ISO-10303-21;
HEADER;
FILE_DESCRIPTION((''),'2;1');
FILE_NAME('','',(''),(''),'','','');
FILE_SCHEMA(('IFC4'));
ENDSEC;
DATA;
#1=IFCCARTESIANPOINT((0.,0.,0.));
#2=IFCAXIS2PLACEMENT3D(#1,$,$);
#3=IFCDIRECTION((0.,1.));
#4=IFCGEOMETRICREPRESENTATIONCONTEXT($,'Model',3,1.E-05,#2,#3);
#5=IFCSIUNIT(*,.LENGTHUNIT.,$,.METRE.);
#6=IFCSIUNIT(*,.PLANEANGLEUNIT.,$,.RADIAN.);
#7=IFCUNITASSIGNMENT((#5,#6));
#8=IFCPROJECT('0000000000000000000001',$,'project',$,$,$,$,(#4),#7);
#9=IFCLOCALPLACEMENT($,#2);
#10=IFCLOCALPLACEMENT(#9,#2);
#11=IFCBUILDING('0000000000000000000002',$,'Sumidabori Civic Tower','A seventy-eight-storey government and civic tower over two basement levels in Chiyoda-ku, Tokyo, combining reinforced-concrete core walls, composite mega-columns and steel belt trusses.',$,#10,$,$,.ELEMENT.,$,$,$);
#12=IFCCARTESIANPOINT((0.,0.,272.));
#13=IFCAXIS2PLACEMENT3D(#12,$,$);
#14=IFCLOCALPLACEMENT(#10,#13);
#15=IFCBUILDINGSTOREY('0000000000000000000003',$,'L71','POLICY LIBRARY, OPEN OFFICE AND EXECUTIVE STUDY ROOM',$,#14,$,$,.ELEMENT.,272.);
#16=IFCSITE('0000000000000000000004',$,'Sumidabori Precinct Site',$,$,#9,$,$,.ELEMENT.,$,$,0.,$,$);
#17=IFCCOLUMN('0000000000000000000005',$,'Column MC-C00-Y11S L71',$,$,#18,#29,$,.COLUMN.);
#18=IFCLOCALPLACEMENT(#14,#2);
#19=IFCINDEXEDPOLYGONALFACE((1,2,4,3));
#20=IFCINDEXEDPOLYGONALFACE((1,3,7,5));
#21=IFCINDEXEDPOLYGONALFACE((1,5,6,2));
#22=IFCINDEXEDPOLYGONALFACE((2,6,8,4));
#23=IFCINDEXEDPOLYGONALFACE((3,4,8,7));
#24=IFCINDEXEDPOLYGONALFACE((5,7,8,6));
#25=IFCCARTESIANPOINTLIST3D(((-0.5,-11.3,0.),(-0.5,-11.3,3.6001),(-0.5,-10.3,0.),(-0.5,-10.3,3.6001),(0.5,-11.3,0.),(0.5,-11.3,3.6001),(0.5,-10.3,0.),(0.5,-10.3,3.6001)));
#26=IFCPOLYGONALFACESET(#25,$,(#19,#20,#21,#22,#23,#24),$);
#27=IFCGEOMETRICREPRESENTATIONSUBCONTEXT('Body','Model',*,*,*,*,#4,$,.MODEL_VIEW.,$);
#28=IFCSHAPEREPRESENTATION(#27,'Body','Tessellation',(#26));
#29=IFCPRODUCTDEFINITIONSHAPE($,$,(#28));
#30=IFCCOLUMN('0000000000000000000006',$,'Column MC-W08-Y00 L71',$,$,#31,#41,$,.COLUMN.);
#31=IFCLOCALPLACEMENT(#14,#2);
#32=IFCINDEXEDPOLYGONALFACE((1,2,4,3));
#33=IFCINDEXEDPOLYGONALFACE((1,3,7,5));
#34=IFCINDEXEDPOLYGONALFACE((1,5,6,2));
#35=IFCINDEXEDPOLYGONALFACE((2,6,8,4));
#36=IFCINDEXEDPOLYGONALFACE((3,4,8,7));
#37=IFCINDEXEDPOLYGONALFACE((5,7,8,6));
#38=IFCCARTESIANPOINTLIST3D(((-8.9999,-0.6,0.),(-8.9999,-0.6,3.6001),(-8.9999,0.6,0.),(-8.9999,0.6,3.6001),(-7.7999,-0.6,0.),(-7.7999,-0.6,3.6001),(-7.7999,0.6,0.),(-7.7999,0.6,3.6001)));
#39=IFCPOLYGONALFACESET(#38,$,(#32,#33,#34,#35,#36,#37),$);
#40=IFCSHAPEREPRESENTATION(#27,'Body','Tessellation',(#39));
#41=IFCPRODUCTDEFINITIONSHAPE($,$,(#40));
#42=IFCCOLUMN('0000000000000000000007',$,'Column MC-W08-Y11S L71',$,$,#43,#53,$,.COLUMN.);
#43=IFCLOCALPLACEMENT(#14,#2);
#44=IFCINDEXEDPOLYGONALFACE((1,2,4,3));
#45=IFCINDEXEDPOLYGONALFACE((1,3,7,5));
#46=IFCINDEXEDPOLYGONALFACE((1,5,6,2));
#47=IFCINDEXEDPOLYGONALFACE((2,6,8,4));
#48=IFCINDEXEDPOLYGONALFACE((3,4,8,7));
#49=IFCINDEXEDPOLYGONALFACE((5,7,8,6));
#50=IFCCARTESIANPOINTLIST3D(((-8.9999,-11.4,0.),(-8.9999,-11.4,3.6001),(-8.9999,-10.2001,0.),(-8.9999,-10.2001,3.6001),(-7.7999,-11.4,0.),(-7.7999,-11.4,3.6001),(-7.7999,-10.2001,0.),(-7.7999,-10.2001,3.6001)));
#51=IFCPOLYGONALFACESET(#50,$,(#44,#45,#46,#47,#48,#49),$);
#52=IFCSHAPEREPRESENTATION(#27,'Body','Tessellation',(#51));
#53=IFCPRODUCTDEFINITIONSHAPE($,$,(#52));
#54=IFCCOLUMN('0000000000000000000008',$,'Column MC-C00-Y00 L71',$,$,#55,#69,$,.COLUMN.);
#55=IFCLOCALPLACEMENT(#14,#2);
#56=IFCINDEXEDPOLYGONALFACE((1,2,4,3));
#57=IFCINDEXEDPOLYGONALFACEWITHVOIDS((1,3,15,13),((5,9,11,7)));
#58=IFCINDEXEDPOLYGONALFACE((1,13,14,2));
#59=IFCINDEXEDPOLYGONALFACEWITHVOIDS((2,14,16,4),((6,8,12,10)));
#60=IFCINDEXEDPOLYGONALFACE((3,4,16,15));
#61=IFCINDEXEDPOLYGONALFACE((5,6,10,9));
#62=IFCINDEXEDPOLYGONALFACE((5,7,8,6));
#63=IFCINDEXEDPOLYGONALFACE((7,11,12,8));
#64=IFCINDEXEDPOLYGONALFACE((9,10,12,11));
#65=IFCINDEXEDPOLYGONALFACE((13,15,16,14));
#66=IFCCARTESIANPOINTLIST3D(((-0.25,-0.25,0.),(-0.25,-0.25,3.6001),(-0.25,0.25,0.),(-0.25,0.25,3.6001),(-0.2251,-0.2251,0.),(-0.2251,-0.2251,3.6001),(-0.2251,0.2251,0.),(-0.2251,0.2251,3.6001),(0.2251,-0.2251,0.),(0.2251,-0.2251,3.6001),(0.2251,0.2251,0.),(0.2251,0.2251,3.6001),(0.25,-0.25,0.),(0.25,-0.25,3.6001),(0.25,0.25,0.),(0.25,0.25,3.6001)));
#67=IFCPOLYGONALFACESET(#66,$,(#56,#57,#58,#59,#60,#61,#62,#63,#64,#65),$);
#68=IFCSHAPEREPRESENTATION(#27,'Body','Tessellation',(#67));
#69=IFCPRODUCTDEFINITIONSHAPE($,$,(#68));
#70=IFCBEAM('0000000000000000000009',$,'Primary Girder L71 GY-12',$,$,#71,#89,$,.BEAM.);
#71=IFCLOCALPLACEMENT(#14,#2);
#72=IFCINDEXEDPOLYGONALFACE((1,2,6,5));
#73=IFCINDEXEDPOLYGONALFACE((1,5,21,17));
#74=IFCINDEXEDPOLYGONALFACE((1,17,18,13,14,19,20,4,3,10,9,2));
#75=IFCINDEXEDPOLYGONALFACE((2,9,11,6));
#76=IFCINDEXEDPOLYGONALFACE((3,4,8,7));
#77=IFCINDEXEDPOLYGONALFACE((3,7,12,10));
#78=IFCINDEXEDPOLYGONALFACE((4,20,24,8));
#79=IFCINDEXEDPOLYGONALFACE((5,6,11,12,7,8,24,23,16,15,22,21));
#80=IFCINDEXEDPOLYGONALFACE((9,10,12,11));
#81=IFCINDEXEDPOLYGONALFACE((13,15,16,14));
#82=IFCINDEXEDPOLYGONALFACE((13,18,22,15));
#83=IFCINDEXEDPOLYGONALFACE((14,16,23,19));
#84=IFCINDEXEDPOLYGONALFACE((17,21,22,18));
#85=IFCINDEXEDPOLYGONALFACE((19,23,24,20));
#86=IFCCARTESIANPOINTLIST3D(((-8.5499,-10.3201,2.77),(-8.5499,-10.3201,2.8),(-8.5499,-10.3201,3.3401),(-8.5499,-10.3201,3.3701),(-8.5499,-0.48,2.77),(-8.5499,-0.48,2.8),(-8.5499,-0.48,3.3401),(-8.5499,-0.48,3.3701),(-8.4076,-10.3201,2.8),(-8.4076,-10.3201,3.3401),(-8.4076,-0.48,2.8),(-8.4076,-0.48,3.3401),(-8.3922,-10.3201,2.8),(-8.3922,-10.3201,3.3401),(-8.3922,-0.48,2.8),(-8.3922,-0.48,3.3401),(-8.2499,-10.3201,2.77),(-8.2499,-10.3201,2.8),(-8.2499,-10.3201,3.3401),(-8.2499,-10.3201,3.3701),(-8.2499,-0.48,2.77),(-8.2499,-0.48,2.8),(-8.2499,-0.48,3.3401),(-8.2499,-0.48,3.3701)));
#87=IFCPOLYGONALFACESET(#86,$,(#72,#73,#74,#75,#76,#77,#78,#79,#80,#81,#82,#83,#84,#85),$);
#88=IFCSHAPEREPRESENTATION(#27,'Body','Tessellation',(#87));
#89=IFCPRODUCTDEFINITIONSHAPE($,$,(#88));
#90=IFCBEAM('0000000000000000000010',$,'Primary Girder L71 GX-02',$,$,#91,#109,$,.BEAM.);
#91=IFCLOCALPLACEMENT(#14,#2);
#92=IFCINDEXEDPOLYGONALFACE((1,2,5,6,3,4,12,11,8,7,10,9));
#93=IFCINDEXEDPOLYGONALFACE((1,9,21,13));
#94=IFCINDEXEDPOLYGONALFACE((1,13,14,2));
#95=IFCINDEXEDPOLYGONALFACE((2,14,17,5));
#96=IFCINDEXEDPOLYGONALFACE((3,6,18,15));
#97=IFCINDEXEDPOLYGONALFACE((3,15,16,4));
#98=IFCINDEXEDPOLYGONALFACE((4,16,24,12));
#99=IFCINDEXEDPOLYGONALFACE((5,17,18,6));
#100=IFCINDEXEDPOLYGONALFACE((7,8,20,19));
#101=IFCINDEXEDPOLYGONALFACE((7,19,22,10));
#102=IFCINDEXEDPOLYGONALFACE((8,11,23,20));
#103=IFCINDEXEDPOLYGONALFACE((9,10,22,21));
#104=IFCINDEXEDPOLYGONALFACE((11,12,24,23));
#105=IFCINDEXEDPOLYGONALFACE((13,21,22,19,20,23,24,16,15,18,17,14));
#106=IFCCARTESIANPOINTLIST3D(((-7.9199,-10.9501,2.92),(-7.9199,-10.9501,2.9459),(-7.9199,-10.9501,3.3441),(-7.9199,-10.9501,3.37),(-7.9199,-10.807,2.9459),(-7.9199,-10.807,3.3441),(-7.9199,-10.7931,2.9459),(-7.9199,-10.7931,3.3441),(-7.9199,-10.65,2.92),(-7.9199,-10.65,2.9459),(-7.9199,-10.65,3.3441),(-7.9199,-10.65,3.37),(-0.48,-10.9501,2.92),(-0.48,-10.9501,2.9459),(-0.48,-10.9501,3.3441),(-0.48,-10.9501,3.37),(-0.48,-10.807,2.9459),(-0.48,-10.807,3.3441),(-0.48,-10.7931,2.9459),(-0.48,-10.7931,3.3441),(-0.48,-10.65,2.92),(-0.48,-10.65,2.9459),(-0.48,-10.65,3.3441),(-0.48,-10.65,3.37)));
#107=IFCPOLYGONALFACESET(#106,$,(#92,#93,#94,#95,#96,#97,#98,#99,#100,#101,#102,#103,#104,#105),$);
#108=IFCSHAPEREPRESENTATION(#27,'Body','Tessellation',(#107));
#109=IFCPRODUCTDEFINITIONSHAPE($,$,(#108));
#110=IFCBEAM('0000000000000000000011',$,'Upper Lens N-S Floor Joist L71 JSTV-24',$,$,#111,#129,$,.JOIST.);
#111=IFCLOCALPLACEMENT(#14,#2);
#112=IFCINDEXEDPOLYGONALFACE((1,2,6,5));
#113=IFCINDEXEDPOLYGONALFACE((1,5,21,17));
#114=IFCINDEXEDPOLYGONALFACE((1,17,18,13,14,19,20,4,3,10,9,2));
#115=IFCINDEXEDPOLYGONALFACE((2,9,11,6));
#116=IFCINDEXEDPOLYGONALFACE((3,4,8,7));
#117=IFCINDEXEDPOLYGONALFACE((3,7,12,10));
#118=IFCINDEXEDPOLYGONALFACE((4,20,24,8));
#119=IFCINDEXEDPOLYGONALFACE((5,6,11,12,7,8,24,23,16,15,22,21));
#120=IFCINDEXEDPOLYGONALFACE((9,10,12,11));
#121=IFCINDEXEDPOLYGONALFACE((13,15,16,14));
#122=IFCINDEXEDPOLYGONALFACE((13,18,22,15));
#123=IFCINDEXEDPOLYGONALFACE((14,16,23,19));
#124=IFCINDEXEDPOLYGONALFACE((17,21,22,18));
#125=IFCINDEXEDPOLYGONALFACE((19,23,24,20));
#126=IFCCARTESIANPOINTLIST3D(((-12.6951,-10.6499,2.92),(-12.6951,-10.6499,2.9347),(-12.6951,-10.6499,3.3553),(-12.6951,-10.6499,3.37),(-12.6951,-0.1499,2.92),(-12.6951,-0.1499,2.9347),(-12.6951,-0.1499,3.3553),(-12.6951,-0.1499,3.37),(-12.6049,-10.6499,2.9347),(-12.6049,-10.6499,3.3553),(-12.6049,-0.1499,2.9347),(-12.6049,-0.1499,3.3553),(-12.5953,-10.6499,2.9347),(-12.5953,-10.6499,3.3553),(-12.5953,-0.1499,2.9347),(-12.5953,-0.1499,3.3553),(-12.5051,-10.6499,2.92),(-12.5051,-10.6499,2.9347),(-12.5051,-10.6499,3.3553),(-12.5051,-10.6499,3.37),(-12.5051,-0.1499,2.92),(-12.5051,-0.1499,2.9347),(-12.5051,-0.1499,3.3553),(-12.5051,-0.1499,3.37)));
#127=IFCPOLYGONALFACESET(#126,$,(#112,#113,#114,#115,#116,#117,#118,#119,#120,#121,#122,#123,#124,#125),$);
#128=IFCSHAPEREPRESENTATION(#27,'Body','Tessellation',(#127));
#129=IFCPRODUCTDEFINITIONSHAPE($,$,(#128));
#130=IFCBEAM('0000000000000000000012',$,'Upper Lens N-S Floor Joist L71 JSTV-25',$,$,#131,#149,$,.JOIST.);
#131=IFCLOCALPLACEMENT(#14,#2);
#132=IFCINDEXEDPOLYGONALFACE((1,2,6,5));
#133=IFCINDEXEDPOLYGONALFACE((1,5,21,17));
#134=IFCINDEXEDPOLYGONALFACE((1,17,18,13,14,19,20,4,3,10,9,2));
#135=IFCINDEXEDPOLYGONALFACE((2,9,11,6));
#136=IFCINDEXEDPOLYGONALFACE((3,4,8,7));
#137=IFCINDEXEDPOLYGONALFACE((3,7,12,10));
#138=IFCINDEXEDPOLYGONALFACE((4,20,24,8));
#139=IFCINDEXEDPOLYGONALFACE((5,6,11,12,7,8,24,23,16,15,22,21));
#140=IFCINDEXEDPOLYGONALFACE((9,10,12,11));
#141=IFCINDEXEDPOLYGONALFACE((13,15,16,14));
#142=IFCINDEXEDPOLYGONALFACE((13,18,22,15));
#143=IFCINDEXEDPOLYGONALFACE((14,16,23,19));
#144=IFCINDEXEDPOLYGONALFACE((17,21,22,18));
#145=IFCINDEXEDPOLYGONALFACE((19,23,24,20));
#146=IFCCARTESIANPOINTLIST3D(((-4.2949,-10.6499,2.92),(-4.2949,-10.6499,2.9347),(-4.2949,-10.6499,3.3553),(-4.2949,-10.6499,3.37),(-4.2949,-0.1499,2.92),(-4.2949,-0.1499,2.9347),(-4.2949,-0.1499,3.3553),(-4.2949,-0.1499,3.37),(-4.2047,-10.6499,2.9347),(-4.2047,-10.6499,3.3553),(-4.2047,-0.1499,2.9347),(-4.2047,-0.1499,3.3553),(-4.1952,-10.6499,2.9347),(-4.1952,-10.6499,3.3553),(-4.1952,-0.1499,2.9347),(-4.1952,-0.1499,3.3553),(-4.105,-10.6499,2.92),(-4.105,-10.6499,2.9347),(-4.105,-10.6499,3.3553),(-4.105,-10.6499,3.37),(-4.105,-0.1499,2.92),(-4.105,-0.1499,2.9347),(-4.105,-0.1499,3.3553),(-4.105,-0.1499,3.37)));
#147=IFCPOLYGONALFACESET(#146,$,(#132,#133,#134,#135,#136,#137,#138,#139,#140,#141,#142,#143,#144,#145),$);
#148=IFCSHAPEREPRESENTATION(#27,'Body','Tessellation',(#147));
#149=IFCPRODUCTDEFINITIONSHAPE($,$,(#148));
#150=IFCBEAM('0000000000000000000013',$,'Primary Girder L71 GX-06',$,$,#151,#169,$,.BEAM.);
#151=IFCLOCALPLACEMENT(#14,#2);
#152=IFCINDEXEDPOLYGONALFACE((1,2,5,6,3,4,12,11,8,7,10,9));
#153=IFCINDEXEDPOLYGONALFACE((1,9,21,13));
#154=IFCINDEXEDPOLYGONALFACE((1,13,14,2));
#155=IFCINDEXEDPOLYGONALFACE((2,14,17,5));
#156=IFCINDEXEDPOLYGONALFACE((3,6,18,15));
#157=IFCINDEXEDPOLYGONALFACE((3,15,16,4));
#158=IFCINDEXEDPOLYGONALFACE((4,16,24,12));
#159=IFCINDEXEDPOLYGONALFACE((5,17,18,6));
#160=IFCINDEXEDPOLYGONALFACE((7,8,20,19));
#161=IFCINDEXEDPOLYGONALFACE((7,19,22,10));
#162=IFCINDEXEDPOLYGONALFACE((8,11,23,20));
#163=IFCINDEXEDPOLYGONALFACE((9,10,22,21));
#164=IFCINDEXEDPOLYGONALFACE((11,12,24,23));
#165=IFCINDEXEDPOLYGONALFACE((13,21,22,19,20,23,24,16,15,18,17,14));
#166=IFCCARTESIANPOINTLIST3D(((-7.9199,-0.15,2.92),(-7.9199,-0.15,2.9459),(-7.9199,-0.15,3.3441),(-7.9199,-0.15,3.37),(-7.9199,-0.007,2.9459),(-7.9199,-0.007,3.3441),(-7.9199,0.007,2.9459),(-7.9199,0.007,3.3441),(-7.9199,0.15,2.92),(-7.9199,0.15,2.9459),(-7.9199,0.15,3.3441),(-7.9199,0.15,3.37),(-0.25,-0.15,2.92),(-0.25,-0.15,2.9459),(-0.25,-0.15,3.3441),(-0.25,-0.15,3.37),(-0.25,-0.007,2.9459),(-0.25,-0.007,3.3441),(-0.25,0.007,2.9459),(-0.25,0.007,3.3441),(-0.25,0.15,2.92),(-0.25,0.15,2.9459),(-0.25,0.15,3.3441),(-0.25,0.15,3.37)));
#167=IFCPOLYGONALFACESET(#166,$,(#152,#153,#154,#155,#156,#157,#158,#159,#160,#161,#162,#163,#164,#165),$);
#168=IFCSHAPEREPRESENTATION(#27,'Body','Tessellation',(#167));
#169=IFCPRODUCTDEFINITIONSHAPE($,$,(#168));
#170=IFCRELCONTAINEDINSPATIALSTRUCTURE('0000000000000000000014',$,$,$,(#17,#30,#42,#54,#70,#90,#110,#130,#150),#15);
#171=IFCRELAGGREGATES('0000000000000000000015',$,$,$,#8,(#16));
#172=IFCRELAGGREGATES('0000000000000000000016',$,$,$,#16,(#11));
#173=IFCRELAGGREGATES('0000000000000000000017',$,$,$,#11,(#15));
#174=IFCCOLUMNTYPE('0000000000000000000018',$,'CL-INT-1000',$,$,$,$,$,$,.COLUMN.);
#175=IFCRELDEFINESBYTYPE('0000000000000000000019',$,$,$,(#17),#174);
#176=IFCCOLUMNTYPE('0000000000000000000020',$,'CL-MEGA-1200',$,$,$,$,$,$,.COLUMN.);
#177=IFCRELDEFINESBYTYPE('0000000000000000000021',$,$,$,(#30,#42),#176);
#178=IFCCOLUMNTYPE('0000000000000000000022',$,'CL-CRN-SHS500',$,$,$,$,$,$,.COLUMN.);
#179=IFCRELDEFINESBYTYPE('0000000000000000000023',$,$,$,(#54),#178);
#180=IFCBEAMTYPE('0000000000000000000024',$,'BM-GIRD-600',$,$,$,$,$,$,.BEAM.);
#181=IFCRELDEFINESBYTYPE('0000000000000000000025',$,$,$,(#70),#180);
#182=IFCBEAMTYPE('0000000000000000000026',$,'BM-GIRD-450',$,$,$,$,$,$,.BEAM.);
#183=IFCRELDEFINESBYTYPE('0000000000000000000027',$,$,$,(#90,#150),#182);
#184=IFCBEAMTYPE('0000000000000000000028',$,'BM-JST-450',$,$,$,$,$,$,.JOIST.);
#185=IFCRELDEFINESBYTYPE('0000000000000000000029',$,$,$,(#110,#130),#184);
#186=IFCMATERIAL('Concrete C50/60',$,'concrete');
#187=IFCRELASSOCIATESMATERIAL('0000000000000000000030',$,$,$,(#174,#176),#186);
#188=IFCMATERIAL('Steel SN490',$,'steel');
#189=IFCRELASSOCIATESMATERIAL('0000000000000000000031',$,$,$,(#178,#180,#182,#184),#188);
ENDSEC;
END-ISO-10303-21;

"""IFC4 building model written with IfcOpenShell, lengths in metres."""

from ifc_helpers import new_model, si_unit, direction, frame, origin, origin_with_axes, origin_2d, place, context, subcontext, project, spatial, rectangle, hollow_rectangle, i_section, extrude, source, transform, mapped, material, material_profile, profile_set, type_object, element, save


model = new_model("IFC4")

# Units and contexts
model_context = context("Model", 3, precision=1e-05, world=origin(), true_north=direction((0.0, 1.0)))
body_context = subcontext(model_context, "Body", "Model", "MODEL_VIEW")
ifc_project = project(units=[si_unit("LENGTHUNIT", "METRE"), si_unit("PLANEANGLEUNIT", "RADIAN")], contexts=[model_context])

# Site, building, storey
site_placement = place(None, origin())
site = spatial("IfcSite", under=ifc_project, at=site_placement, Name="Sumidabori Precinct Site", CompositionType="ELEMENT", RefElevation=0.0)
building_placement = place(site_placement, origin())
building = spatial("IfcBuilding", under=site, at=building_placement, Name="Sumidabori Civic Tower", Description="A seventy-eight-storey government and civic tower over two basement levels in Chiyoda-ku, Tokyo, combining reinforced-concrete core walls, composite mega-columns and steel belt trusses.", CompositionType="ELEMENT")
storey_placement = place(building_placement, frame((0.0, 0.0, 272.0)))
storey = spatial("IfcBuildingStorey", under=building, at=storey_placement, Name="L71", Description="POLICY LIBRARY, OPEN OFFICE AND EXECUTIVE STUDY ROOM", CompositionType="ELEMENT", Elevation=272.0)

# Columns
ifc_material_1 = material(Name="Concrete C50/60", Category="concrete")
ifc_material_profile_1 = material_profile(ifc_material_1, rectangle(XDim=1.0, YDim=1.0, at=origin_2d()), Name="RC 1000x1000")
ifc_profile_set_1 = profile_set([ifc_material_profile_1], Name="Concrete C50/60")
column_type_1 = type_object("IfcColumnType", Name="CL-INT-1000", PredefinedType="COLUMN", material=ifc_profile_set_1)
shared_shape_1 = source(origin(), body_context, "Body", "SweptSolid", [
    extrude(rectangle(XDim=1.0, YDim=1.0, at=origin_2d()), origin(), (0.0, 0.0, 1.0), 3.6001),
])
column_1_placement = place(storey_placement, frame((0.0, -10.8, 0.0), z_axis=(0.0, 0.0, 1.0), x_axis=(1.0, 0.0, 0.0)))
element("IfcColumn", 1, at=column_1_placement, inside=storey, type_object=column_type_1, Name="Column MC-C00-Y11S L71", PredefinedType="COLUMN", context=body_context, shape_type="MappedRepresentation", body=[
    mapped(shared_shape_1, transform((0.0, 0.0, 0.0), x_axis=(1.0, 0.0, 0.0), y_axis=(0.0, 1.0, 0.0), z_axis=(0.0, 0.0, 1.0), scale=1.0)),
])
ifc_material_profile_2 = material_profile(ifc_material_1, rectangle(XDim=1.2, YDim=1.2, at=origin_2d()), Name="RC 1200x1200")
ifc_profile_set_2 = profile_set([ifc_material_profile_2], Name="Concrete C50/60")
column_type_2 = type_object("IfcColumnType", Name="CL-MEGA-1200", PredefinedType="COLUMN", material=ifc_profile_set_2)
shared_shape_2 = source(origin(), body_context, "Body", "SweptSolid", [
    extrude(rectangle(XDim=1.2, YDim=1.2, at=origin_2d()), origin(), (0.0, 0.0, 1.0), 3.6001),
])
for number, where, z_axis, x_axis, name in (
    (2, (-8.3999, 0.0, 0.0), (0.0, 0.0, 1.0), (1.0, 0.0, 0.0), "Column MC-W08-Y00 L71"),
    (3, (-8.3999, -10.8, 0.0), (0.0, 0.0, 1.0), (1.0, 0.0, 0.0), "Column MC-W08-Y11S L71"),
):
    element("IfcColumn", number, at=place(storey_placement, frame(where, z_axis=z_axis, x_axis=x_axis)), inside=storey, type_object=column_type_2, Name=name, PredefinedType="COLUMN", context=body_context, shape_type="MappedRepresentation", body=[
        mapped(shared_shape_2, transform((0.0, 0.0, 0.0), x_axis=(1.0, 0.0, 0.0), y_axis=(0.0, 1.0, 0.0), z_axis=(0.0, 0.0, 1.0), scale=1.0)),
    ])
ifc_material_2 = material(Name="Steel SN490", Category="steel")
ifc_material_profile_3 = material_profile(ifc_material_2, hollow_rectangle(XDim=0.5, YDim=0.5, WallThickness=0.0249, at=origin_2d()), Name="SHS 500x500x25")
ifc_profile_set_3 = profile_set([ifc_material_profile_3], Name="Steel SN490")
column_type_3 = type_object("IfcColumnType", Name="CL-CRN-SHS500", PredefinedType="COLUMN", material=ifc_profile_set_3)
shared_shape_3 = source(origin(), body_context, "Body", "SweptSolid", [
    extrude(hollow_rectangle(XDim=0.5, YDim=0.5, WallThickness=0.0249, at=origin_2d()), origin(), (0.0, 0.0, 1.0), 3.6001),
])
column_2_placement = place(storey_placement, origin_with_axes())
element("IfcColumn", 4, at=column_2_placement, inside=storey, type_object=column_type_3, Name="Column MC-C00-Y00 L71", PredefinedType="COLUMN", context=body_context, shape_type="MappedRepresentation", body=[
    mapped(shared_shape_3, transform((0.0, 0.0, 0.0), x_axis=(1.0, 0.0, 0.0), y_axis=(0.0, 1.0, 0.0), z_axis=(0.0, 0.0, 1.0), scale=1.0)),
])

# Beams
ifc_material_profile_4 = material_profile(ifc_material_2, i_section(OverallWidth=0.3, OverallDepth=0.6001, WebThickness=0.0154, FlangeThickness=0.03, at=origin_2d()), Name="HE 600 B")
ifc_profile_set_4 = profile_set([ifc_material_profile_4], Name="Steel SN490")
beam_type_1 = type_object("IfcBeamType", Name="BM-GIRD-600", PredefinedType="BEAM", material=ifc_profile_set_4)
shared_shape_4 = source(origin(), body_context, "Body", "SweptSolid", [
    extrude(i_section(OverallWidth=0.3, OverallDepth=0.6001, WebThickness=0.0154, FlangeThickness=0.03, at=origin_2d()), origin(), (0.0, 0.0, 1.0), 9.8401),
])
beam_1_placement = place(storey_placement, frame((-8.3999, -10.3201, 3.0701), z_axis=(0.0, 1.0, 0.0), x_axis=(-1.0, 0.0, 0.0)))
element("IfcBeam", 5, at=beam_1_placement, inside=storey, type_object=beam_type_1, Name="Primary Girder L71 GY-12", PredefinedType="BEAM", context=body_context, shape_type="MappedRepresentation", body=[
    mapped(shared_shape_4, transform((0.0, 0.0, 0.0), x_axis=(1.0, 0.0, 0.0), y_axis=(0.0, 1.0, 0.0), z_axis=(0.0, 0.0, 1.0), scale=1.0)),
])
ifc_material_profile_5 = material_profile(ifc_material_2, i_section(OverallWidth=0.3, OverallDepth=0.45, WebThickness=0.0139, FlangeThickness=0.0259, at=origin_2d()), Name="HE 450 B")
ifc_profile_set_5 = profile_set([ifc_material_profile_5], Name="Steel SN490")
beam_type_2 = type_object("IfcBeamType", Name="BM-GIRD-450", PredefinedType="BEAM", material=ifc_profile_set_5)
shared_shape_5 = source(origin(), body_context, "Body", "SweptSolid", [
    extrude(i_section(OverallWidth=0.3, OverallDepth=0.45, WebThickness=0.0139, FlangeThickness=0.0259, at=origin_2d()), origin(), (0.0, 0.0, 1.0), 7.4399),
])
beam_2_placement = place(storey_placement, frame((-7.9199, -10.8, 3.145), z_axis=(1.0, 0.0, 0.0), x_axis=(0.0, 1.0, 0.0)))
element("IfcBeam", 6, at=beam_2_placement, inside=storey, type_object=beam_type_2, Name="Primary Girder L71 GX-02", PredefinedType="BEAM", context=body_context, shape_type="MappedRepresentation", body=[
    mapped(shared_shape_5, transform((0.0, 0.0, 0.0), x_axis=(1.0, 0.0, 0.0), y_axis=(0.0, 1.0, 0.0), z_axis=(0.0, 0.0, 1.0), scale=1.0)),
])
ifc_material_profile_6 = material_profile(ifc_material_2, i_section(OverallWidth=0.1899, OverallDepth=0.45, WebThickness=0.0095, FlangeThickness=0.0146, at=origin_2d()), Name="IPE 450")
ifc_profile_set_6 = profile_set([ifc_material_profile_6], Name="Steel SN490")
beam_type_3 = type_object("IfcBeamType", Name="BM-JST-450", PredefinedType="JOIST", material=ifc_profile_set_6)
shared_shape_6 = source(origin(), body_context, "Body", "SweptSolid", [
    extrude(i_section(OverallWidth=0.1899, OverallDepth=0.45, WebThickness=0.0095, FlangeThickness=0.0146, at=origin_2d()), origin(), (0.0, 0.0, 1.0), 10.5),
])
for number, where, z_axis, x_axis, name in (
    (7, (-12.6001, -10.6499, 3.145), (0.0, 1.0, 0.0), (-1.0, 0.0, 0.0), "Upper Lens N-S Floor Joist L71 JSTV-24"),
    (8, (-4.2, -10.6499, 3.145), (0.0, 1.0, 0.0), (-1.0, 0.0, 0.0), "Upper Lens N-S Floor Joist L71 JSTV-25"),
):
    element("IfcBeam", number, at=place(storey_placement, frame(where, z_axis=z_axis, x_axis=x_axis)), inside=storey, type_object=beam_type_3, Name=name, PredefinedType="JOIST", context=body_context, shape_type="MappedRepresentation", body=[
        mapped(shared_shape_6, transform((0.0, 0.0, 0.0), x_axis=(1.0, 0.0, 0.0), y_axis=(0.0, 1.0, 0.0), z_axis=(0.0, 0.0, 1.0), scale=1.0)),
    ])
shared_shape_7 = source(origin(), body_context, "Body", "SweptSolid", [
    extrude(i_section(OverallWidth=0.3, OverallDepth=0.45, WebThickness=0.0139, FlangeThickness=0.0259, at=origin_2d()), origin(), (0.0, 0.0, 1.0), 7.6699),
])
beam_3_placement = place(storey_placement, frame((-7.9199, 0.0, 3.145), z_axis=(1.0, 0.0, 0.0), x_axis=(0.0, 1.0, 0.0)))
element("IfcBeam", 9, at=beam_3_placement, inside=storey, type_object=beam_type_2, Name="Primary Girder L71 GX-06", PredefinedType="BEAM", context=body_context, shape_type="MappedRepresentation", body=[
    mapped(shared_shape_7, transform((0.0, 0.0, 0.0), x_axis=(1.0, 0.0, 0.0), y_axis=(0.0, 1.0, 0.0), z_axis=(0.0, 0.0, 1.0), scale=1.0)),
])

save(model, "model.ifc")
